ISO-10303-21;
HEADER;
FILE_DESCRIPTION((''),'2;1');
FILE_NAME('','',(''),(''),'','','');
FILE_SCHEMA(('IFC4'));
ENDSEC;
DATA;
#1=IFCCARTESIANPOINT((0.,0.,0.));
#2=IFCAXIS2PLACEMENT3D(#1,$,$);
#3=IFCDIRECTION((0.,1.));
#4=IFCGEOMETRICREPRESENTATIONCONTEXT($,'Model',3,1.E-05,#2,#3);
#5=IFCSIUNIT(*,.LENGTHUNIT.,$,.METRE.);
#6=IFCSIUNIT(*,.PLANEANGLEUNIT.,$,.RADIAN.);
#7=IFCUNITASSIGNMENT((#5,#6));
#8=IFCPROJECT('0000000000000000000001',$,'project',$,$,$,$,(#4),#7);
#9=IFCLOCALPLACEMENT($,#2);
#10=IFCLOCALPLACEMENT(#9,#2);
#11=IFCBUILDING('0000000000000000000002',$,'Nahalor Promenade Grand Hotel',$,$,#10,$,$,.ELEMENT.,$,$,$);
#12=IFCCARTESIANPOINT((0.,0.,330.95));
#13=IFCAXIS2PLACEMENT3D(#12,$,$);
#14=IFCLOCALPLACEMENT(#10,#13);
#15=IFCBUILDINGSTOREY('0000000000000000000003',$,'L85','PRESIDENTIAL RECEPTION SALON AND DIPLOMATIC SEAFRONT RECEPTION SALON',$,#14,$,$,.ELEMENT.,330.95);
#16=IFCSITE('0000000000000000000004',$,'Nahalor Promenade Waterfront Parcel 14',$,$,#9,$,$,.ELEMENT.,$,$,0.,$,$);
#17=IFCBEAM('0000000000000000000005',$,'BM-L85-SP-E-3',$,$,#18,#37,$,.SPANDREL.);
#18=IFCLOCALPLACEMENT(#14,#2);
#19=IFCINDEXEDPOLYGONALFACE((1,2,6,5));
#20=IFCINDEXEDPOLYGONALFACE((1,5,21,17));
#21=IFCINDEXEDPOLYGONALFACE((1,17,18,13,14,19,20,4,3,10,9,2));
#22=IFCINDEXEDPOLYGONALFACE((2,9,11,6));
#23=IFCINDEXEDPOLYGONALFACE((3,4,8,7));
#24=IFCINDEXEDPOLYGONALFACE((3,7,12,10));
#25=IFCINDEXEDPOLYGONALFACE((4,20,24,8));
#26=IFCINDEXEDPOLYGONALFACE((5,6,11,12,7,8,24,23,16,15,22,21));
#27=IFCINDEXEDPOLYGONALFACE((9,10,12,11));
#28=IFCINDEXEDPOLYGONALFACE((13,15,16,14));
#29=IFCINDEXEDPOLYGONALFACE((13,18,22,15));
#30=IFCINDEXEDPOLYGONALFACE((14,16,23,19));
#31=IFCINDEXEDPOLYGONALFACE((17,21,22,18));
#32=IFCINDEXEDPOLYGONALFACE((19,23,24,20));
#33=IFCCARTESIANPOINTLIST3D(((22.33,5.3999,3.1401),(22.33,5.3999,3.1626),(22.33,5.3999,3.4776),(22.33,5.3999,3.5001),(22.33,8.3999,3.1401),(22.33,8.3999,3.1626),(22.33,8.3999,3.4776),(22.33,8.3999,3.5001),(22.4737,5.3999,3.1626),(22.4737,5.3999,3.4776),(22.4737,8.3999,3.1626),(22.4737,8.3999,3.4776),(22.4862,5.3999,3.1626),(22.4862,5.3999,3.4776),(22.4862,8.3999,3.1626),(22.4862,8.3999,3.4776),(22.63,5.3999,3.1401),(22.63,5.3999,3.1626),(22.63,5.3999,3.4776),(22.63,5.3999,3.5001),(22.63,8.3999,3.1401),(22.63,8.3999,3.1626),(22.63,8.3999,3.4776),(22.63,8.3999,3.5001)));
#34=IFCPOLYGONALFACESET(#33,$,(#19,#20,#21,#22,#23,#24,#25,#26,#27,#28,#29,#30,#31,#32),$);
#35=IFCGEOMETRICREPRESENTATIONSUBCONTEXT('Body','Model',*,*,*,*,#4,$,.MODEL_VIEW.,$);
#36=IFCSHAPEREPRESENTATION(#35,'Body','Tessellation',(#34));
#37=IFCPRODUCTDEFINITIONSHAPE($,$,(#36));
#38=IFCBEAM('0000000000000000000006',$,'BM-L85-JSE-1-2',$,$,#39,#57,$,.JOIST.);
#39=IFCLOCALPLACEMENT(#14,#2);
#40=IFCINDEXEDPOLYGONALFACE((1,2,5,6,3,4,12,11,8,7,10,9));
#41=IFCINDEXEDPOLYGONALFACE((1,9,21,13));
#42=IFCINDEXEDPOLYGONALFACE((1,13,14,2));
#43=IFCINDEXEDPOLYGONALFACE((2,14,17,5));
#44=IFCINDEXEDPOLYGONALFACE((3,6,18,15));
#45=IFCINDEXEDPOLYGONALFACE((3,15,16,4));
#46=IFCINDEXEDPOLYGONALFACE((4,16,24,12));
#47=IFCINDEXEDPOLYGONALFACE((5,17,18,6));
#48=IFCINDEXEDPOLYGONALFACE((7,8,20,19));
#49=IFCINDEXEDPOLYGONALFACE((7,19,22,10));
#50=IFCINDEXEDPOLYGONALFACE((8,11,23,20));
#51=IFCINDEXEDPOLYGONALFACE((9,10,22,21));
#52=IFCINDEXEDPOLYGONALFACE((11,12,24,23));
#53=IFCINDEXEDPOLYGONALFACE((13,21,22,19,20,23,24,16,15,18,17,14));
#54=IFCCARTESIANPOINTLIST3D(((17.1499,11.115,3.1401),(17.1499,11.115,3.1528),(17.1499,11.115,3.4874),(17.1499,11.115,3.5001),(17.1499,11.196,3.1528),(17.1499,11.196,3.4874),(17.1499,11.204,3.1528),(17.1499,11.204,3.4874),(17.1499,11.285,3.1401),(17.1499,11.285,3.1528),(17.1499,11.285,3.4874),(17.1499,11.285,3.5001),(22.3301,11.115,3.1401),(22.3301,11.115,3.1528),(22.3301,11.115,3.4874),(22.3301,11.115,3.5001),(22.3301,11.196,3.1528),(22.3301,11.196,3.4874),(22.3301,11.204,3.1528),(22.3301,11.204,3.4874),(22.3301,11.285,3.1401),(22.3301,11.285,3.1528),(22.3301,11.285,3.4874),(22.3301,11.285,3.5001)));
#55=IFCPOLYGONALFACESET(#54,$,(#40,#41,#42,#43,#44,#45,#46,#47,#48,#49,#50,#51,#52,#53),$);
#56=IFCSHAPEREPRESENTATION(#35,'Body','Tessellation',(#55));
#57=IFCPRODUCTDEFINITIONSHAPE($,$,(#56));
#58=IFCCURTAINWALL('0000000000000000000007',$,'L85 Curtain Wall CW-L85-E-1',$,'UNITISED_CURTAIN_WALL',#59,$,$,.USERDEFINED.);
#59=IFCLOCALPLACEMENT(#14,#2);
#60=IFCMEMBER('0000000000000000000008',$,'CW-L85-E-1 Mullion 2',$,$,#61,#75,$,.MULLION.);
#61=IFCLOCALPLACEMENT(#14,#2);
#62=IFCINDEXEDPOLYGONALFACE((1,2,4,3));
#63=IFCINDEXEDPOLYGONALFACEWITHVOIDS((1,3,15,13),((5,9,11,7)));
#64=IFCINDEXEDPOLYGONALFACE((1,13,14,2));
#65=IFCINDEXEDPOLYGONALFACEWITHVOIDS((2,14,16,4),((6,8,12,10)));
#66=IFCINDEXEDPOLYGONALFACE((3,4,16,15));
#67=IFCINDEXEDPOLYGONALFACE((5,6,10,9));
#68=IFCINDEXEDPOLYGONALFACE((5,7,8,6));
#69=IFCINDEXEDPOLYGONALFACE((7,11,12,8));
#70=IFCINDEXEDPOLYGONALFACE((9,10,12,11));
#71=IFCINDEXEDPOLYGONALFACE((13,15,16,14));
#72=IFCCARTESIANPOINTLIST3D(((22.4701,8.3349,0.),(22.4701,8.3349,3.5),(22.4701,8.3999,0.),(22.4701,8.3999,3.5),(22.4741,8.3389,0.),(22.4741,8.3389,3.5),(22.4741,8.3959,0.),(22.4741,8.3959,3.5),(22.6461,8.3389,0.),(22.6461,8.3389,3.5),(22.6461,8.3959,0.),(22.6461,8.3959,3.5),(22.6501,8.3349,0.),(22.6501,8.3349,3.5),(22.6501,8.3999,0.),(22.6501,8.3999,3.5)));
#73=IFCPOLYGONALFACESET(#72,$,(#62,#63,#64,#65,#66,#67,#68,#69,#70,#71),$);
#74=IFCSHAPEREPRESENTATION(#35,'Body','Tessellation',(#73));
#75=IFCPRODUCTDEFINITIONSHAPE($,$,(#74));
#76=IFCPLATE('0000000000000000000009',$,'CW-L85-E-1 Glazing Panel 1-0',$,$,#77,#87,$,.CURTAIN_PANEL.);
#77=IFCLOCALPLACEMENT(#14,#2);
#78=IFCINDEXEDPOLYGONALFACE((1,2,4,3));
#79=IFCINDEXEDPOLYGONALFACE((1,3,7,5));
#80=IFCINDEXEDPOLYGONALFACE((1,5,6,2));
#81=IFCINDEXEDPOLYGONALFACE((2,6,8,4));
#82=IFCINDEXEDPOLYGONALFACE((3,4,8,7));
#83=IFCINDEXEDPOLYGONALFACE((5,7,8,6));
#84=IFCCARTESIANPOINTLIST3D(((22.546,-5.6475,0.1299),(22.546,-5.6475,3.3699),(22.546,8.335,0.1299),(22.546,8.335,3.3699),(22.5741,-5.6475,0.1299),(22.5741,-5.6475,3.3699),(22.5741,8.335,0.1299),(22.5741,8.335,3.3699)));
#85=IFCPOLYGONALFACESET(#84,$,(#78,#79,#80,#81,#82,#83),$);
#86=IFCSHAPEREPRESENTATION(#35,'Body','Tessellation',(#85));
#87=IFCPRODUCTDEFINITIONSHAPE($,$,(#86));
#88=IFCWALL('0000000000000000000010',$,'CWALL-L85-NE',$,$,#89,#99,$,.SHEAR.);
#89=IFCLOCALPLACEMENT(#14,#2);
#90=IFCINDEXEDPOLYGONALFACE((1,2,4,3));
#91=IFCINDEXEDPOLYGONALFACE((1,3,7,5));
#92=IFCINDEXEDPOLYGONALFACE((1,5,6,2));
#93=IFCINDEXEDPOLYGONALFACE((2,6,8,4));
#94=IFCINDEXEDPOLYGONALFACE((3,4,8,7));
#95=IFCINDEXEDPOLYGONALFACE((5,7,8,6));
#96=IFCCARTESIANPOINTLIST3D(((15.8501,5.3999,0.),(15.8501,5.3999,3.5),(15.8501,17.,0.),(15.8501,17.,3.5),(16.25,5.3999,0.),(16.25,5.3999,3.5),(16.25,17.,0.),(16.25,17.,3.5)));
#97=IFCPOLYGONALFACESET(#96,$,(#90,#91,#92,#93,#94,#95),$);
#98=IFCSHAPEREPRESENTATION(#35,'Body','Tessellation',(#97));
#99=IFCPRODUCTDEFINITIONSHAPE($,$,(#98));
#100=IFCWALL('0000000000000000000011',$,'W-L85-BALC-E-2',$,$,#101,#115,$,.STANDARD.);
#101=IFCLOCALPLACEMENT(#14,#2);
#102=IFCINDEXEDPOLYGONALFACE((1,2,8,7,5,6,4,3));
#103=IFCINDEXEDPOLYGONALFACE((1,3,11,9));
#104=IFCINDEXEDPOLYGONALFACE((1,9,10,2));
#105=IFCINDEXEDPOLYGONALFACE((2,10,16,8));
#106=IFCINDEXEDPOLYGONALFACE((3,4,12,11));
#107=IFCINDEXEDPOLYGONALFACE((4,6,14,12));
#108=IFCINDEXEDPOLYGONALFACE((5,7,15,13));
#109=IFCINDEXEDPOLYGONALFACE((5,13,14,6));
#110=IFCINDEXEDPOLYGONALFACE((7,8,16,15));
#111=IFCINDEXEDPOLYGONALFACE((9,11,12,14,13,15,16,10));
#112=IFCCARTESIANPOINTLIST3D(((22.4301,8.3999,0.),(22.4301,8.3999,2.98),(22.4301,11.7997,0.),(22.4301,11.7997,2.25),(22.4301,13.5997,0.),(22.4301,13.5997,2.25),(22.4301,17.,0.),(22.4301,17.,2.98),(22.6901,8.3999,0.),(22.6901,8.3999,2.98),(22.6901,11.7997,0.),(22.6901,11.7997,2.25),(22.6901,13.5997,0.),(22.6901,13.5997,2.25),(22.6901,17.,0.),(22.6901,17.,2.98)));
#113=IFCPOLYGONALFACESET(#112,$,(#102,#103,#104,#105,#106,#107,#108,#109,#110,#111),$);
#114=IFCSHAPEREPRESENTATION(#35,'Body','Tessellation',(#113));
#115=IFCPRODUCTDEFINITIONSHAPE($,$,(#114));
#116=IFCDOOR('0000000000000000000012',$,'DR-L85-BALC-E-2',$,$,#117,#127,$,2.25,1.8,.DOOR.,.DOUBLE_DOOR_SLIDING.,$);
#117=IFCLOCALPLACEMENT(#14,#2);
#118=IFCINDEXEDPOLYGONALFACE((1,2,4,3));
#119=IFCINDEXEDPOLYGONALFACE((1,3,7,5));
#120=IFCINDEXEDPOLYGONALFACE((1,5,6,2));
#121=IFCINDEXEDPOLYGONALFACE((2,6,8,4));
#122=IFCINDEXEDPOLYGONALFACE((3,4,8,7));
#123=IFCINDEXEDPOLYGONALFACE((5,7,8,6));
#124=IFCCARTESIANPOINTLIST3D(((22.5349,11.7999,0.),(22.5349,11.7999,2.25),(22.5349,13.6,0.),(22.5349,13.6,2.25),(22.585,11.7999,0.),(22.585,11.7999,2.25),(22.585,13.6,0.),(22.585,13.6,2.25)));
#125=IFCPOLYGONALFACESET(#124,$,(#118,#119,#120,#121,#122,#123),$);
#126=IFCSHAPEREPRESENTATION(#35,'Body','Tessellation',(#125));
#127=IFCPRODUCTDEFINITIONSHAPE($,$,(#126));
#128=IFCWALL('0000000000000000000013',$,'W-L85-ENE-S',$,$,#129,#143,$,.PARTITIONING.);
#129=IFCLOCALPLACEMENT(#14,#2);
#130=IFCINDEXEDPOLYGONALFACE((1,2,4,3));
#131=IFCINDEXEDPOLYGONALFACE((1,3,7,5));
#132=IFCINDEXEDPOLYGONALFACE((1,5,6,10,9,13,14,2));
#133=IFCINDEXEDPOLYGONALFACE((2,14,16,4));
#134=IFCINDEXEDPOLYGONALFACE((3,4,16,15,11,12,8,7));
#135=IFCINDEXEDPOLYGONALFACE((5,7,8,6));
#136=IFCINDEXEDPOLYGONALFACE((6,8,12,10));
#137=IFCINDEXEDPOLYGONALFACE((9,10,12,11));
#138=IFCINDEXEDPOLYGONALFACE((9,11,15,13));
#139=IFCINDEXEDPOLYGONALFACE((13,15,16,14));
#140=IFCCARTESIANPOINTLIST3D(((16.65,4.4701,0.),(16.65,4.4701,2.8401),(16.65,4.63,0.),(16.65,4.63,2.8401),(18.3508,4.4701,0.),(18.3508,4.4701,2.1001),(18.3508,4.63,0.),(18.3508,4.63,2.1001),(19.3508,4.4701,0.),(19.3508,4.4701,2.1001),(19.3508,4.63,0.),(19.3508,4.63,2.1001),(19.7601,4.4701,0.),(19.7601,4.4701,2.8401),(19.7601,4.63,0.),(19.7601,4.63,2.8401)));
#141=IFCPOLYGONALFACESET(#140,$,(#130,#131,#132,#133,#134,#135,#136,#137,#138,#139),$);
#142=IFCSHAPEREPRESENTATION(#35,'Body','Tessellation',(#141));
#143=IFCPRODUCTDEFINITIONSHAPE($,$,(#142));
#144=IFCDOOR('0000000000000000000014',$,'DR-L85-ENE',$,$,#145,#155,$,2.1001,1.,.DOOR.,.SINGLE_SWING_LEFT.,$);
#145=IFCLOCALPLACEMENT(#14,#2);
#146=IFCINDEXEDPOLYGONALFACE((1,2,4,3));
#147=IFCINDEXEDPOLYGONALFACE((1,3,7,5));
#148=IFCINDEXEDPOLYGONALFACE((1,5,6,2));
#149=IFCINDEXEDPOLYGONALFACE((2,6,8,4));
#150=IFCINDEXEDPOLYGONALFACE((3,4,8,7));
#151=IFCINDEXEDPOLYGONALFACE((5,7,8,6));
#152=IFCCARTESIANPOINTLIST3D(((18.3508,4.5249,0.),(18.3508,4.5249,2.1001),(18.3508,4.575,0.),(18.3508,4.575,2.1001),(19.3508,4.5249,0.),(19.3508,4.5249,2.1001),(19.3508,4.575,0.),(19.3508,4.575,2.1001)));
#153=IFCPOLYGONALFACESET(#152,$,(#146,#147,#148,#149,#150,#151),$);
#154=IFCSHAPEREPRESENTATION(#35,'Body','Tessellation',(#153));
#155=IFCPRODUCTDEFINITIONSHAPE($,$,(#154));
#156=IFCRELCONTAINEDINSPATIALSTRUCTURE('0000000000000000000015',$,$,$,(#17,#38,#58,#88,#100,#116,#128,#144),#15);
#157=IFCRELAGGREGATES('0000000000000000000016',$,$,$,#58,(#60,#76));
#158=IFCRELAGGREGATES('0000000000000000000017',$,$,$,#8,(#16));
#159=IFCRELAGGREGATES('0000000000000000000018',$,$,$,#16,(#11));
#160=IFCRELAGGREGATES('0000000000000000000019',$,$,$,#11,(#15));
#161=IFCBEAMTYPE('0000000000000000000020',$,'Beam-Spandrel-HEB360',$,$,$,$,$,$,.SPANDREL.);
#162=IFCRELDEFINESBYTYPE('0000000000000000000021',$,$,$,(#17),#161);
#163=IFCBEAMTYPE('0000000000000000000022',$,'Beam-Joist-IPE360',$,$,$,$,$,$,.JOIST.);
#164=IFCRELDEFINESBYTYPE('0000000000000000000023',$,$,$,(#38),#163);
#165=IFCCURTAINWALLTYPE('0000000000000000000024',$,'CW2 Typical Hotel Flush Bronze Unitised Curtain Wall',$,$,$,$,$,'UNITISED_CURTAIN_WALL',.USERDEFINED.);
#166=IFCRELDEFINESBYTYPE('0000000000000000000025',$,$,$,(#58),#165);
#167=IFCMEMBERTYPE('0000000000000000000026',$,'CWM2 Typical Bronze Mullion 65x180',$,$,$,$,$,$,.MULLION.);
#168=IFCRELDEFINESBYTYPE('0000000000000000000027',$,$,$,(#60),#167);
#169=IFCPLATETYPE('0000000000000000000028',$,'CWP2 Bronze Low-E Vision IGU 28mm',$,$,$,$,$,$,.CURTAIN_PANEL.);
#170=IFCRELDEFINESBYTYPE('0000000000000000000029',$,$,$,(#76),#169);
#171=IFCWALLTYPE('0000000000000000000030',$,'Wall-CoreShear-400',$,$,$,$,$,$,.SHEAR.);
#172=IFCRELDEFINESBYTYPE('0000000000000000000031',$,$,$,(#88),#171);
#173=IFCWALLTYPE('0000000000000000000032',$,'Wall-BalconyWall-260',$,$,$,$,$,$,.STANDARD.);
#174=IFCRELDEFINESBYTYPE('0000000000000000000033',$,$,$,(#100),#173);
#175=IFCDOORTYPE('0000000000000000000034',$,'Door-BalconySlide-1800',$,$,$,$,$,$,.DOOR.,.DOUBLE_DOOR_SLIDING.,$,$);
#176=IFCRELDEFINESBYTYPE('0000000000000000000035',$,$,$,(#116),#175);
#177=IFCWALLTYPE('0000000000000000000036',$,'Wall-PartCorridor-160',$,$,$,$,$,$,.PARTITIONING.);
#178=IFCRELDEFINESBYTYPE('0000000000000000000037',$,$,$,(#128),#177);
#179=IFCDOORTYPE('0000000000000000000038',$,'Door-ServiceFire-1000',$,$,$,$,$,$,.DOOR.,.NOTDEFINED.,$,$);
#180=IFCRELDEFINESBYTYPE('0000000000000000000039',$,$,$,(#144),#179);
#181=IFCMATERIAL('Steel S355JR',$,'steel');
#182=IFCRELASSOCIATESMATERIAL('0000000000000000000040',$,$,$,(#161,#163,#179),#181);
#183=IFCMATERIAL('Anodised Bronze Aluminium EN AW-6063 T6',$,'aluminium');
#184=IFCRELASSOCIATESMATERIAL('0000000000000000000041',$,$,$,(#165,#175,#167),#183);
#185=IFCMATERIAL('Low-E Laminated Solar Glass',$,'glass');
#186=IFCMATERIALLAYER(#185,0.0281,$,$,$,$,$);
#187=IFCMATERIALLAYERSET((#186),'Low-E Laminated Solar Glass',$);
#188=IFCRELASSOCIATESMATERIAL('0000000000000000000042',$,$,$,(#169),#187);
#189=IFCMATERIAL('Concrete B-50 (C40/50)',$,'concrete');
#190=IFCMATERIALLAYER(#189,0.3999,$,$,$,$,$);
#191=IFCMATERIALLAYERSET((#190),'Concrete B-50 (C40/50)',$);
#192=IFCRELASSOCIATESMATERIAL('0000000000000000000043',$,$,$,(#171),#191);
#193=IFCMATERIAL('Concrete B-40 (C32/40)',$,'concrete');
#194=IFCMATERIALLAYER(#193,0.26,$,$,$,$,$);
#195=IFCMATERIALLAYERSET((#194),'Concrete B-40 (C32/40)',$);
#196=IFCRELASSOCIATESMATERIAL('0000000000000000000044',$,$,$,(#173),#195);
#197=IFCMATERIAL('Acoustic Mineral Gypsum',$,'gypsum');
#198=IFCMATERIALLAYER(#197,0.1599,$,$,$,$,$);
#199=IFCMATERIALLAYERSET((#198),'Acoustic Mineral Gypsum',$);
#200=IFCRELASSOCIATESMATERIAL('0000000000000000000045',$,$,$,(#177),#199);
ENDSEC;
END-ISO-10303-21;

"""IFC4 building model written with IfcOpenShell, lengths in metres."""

from ifc_helpers import new_model, si_unit, direction, frame, frame_2d, origin, origin_2d, place, context, subcontext, project, spatial, rectangle, hollow_rectangle, i_section, extrude, source, transform, mapped, material, layer, layer_set, material_profile, profile_set, type_object, element, fill, aggregate, save


model = new_model("IFC4")

# Units and contexts
model_context = context("Model", 3, precision=1e-05, world=origin(), true_north=direction((0.0, 1.0)))
body_context = subcontext(model_context, "Body", "Model", "MODEL_VIEW")
ifc_project = project(units=[si_unit("LENGTHUNIT", "METRE"), si_unit("PLANEANGLEUNIT", "RADIAN")], contexts=[model_context])

# Site, building, storey
site_placement = place(None, origin())
site = spatial("IfcSite", under=ifc_project, at=site_placement, Name="Nahalor Promenade Waterfront Parcel 14", CompositionType="ELEMENT", RefElevation=0.0)
building_placement = place(site_placement, origin())
building = spatial("IfcBuilding", under=site, at=building_placement, Name="Nahalor Promenade Grand Hotel", CompositionType="ELEMENT")
storey_placement = place(building_placement, frame((0.0, 0.0, 330.95)))
storey = spatial("IfcBuildingStorey", under=building, at=storey_placement, Name="L85", Description="PRESIDENTIAL RECEPTION SALON AND DIPLOMATIC SEAFRONT RECEPTION SALON", CompositionType="ELEMENT", Elevation=330.95)

# Shared definitions
ifc_material_1 = material(Name="Steel S355JR", Category="steel")

# Beams
ifc_material_profile_1 = material_profile(ifc_material_1, i_section(OverallWidth=0.3, OverallDepth=0.36, WebThickness=0.0125, FlangeThickness=0.0225, at=origin_2d()), Name="HEB 360")
ifc_profile_set_1 = profile_set([ifc_material_profile_1], Name="Steel S355JR")
beam_type_1 = type_object("IfcBeamType", Name="Beam-Spandrel-HEB360", PredefinedType="SPANDREL", material=ifc_profile_set_1)
shared_shape_1 = source(origin(), body_context, "Body", "SweptSolid", [
    extrude(i_section(OverallWidth=0.3, OverallDepth=0.36, WebThickness=0.0125, FlangeThickness=0.0225, at=origin_2d()), origin(), (0.0, 0.0, 1.0), 3.0),
])
beam_1_placement = place(storey_placement, frame((22.48, 5.3999, 3.3201), z_axis=(0.0, 1.0, 0.0), x_axis=(-1.0, 0.0, 0.0)))
element("IfcBeam", 1, at=beam_1_placement, inside=storey, type_object=beam_type_1, Name="BM-L85-SP-E-3", PredefinedType="SPANDREL", context=body_context, shape_type="MappedRepresentation", body=[
    mapped(shared_shape_1, transform((0.0, 0.0, 0.0), scale=1.0)),
])
ifc_material_profile_2 = material_profile(ifc_material_1, i_section(OverallWidth=0.17, OverallDepth=0.36, WebThickness=0.008, FlangeThickness=0.0127, at=origin_2d()), Name="IPE 360")
ifc_profile_set_2 = profile_set([ifc_material_profile_2], Name="Steel S355JR")
beam_type_2 = type_object("IfcBeamType", Name="Beam-Joist-IPE360", PredefinedType="JOIST", material=ifc_profile_set_2)
shared_shape_2 = source(origin(), body_context, "Body", "SweptSolid", [
    extrude(i_section(OverallWidth=0.17, OverallDepth=0.36, WebThickness=0.008, FlangeThickness=0.0127, at=origin_2d()), origin(), (0.0, 0.0, 1.0), 5.1802),
])
beam_2_placement = place(storey_placement, frame((17.1499, 11.2, 3.3201), z_axis=(1.0, 0.0, 0.0), x_axis=(0.0, 1.0, 0.0)))
element("IfcBeam", 2, at=beam_2_placement, inside=storey, type_object=beam_type_2, Name="BM-L85-JSE-1-2", PredefinedType="JOIST", context=body_context, shape_type="MappedRepresentation", body=[
    mapped(shared_shape_2, transform((0.0, 0.0, 0.0), scale=1.0)),
])

# Curtain wall, member, plate
ifc_material_2 = material(Name="Anodised Bronze Aluminium EN AW-6063 T6", Category="aluminium")
curtain_wall_type = type_object("IfcCurtainWallType", Name="CW2 Typical Hotel Flush Bronze Unitised Curtain Wall", ElementType="UNITISED_CURTAIN_WALL", PredefinedType="USERDEFINED", material=ifc_material_2)
curtain_wall_placement = place(storey_placement, origin())
curtain_wall = element("IfcCurtainWall", 3, at=curtain_wall_placement, inside=storey, type_object=curtain_wall_type, Name="L85 Curtain Wall CW-L85-E-1", ObjectType="UNITISED_CURTAIN_WALL", PredefinedType="USERDEFINED")
ifc_material_profile_3 = material_profile(ifc_material_2, hollow_rectangle(XDim=0.065, YDim=0.18, WallThickness=0.004, at=origin_2d()), Name="CWM 65x180x4")
ifc_profile_set_3 = profile_set([ifc_material_profile_3], Name="Anodised Bronze Aluminium EN AW-6063 T6")
member_type = type_object("IfcMemberType", Name="CWM2 Typical Bronze Mullion 65x180", PredefinedType="MULLION", material=ifc_profile_set_3)
shared_shape_3 = source(origin(), body_context, "Body", "SweptSolid", [
    extrude(hollow_rectangle(XDim=0.065, YDim=0.18, WallThickness=0.004, at=origin_2d()), origin(), (0.0, 0.0, 1.0), 3.5),
])
member_placement = place(storey_placement, frame((22.5601, 8.3674, 0.0), z_axis=(0.0, 0.0, 1.0), x_axis=(0.0, 1.0, 0.0)))
member = element("IfcMember", 4, at=member_placement, type_object=member_type, Name="CW-L85-E-1 Mullion 2", PredefinedType="MULLION", context=body_context, shape_type="MappedRepresentation", body=[
    mapped(shared_shape_3, transform((0.0, 0.0, 0.0), scale=1.0)),
])
ifc_material_3 = material(Name="Low-E Laminated Solar Glass", Category="glass")
ifc_layer_1 = layer(ifc_material_3, 0.0281)
ifc_layer_set_1 = layer_set([ifc_layer_1], Name="Low-E Laminated Solar Glass")
plate_type = type_object("IfcPlateType", Name="CWP2 Bronze Low-E Vision IGU 28mm", PredefinedType="CURTAIN_PANEL", material=ifc_layer_set_1)
shared_shape_4 = source(origin(), body_context, "Body", "SweptSolid", [
    extrude(rectangle(XDim=13.9824, YDim=0.0281, at=origin_2d()), origin(), (0.0, 0.0, 1.0), 3.24),
])
plate_placement = place(storey_placement, frame((22.5601, 1.3438, 0.1299), z_axis=(0.0, 0.0, 1.0), x_axis=(0.0, 1.0, 0.0)))
plate = element("IfcPlate", 5, at=plate_placement, type_object=plate_type, Name="CW-L85-E-1 Glazing Panel 1-0", PredefinedType="CURTAIN_PANEL", context=body_context, shape_type="MappedRepresentation", body=[
    mapped(shared_shape_4, transform((0.0, 0.0, 0.0), scale=1.0)),
])
aggregate(curtain_wall, [member, plate])

# Wall
ifc_material_4 = material(Name="Concrete B-50 (C40/50)", Category="concrete")
ifc_layer_2 = layer(ifc_material_4, 0.3999)
ifc_layer_set_2 = layer_set([ifc_layer_2], Name="Concrete B-50 (C40/50)")
wall_type_1 = type_object("IfcWallType", Name="Wall-CoreShear-400", PredefinedType="SHEAR", material=ifc_layer_set_2)
shared_shape_5 = source(origin(), body_context, "Body", "SweptSolid", [
    extrude(rectangle(XDim=11.6001, YDim=0.3999, at=frame_2d((5.8, 0.0))), origin(), (0.0, 0.0, 1.0), 3.5),
])
wall_1_placement = place(storey_placement, frame((16.05, 5.3999, 0.0), z_axis=(0.0, 0.0, 1.0), x_axis=(0.0, 1.0, 0.0)))
element("IfcWall", 6, at=wall_1_placement, inside=storey, type_object=wall_type_1, Name="CWALL-L85-NE", PredefinedType="SHEAR", context=body_context, shape_type="MappedRepresentation", body=[
    mapped(shared_shape_5, transform((0.0, 0.0, 0.0), scale=1.0)),
])

# Walls, openings, doors
ifc_material_5 = material(Name="Concrete B-40 (C32/40)", Category="concrete")
ifc_layer_3 = layer(ifc_material_5, 0.26)
ifc_layer_set_3 = layer_set([ifc_layer_3], Name="Concrete B-40 (C32/40)")
wall_type_2 = type_object("IfcWallType", Name="Wall-BalconyWall-260", PredefinedType="STANDARD", material=ifc_layer_set_3)
shared_shape_6 = source(origin(), body_context, "Body", "SweptSolid", [
    extrude(rectangle(XDim=8.6001, YDim=0.26, at=frame_2d((4.3, 0.0))), origin(), (0.0, 0.0, 1.0), 2.98),
])
wall_2_placement = place(storey_placement, frame((22.5601, 8.3999, 0.0), z_axis=(0.0, 0.0, 1.0), x_axis=(0.0, 1.0, 0.0)))
wall_2 = element("IfcWall", 7, at=wall_2_placement, inside=storey, type_object=wall_type_2, Name="W-L85-BALC-E-2", PredefinedType="STANDARD", context=body_context, shape_type="MappedRepresentation", body=[
    mapped(shared_shape_6, transform((0.0, 0.0, 0.0), scale=1.0)),
])
opening_1_placement = place(wall_2_placement, frame((3.3999, 0.0, 0.0)))
opening_1 = element("IfcOpeningElement", 8, at=opening_1_placement, cuts=wall_2, PredefinedType="OPENING", context=body_context, shape_type="SweptSolid", body=[
    extrude(rectangle(XDim=1.8, YDim=2.25, at=frame_2d((0.8999, 1.125))), frame((0.0, 0.1399, 0.0), z_axis=(0.0, -1.0, 0.0), x_axis=(1.0, 0.0, 0.0)), (0.0, 0.0, 1.0), 0.28),
])
door_type_1 = type_object("IfcDoorType", Name="Door-BalconySlide-1800", OperationType="DOUBLE_DOOR_SLIDING", PredefinedType="DOOR", material=ifc_material_2)
shared_shape_7 = source(origin(), body_context, "Body", "SweptSolid", [
    extrude(rectangle(XDim=1.8, YDim=2.25, at=frame_2d((0.8999, 1.125))), frame((0.0, 0.0249, 0.0), z_axis=(0.0, -1.0, 0.0), x_axis=(1.0, 0.0, 0.0)), (0.0, 0.0, 1.0), 0.05),
])
door_1_placement = place(opening_1_placement, frame((1.8, 0.0, 0.0), z_axis=(0.0, 0.0, 1.0), x_axis=(-1.0, 0.0, 0.0)))
door_1 = element("IfcDoor", 9, at=door_1_placement, inside=storey, type_object=door_type_1, Name="DR-L85-BALC-E-2", OperationType="DOUBLE_DOOR_SLIDING", OverallHeight=2.25, OverallWidth=1.8, PredefinedType="DOOR", context=body_context, shape_type="MappedRepresentation", body=[
    mapped(shared_shape_7, transform((0.0, 0.0, 0.0), scale=1.0)),
])
fill(opening_1, door_1)
ifc_material_6 = material(Name="Acoustic Mineral Gypsum", Category="gypsum")
ifc_layer_4 = layer(ifc_material_6, 0.1599)
ifc_layer_set_4 = layer_set([ifc_layer_4], Name="Acoustic Mineral Gypsum")
wall_type_3 = type_object("IfcWallType", Name="Wall-PartCorridor-160", PredefinedType="PARTITIONING", material=ifc_layer_set_4)
shared_shape_8 = source(origin(), body_context, "Body", "SweptSolid", [
    extrude(rectangle(XDim=3.1101, YDim=0.1599, at=frame_2d((1.5552, 0.0))), origin(), (0.0, 0.0, 1.0), 2.8401),
])
wall_3_placement = place(storey_placement, frame((16.6499, 4.55, 0.0), z_axis=(0.0, 0.0, 1.0), x_axis=(1.0, 0.0, 0.0)))
wall_3 = element("IfcWall", 10, at=wall_3_placement, inside=storey, type_object=wall_type_3, Name="W-L85-ENE-S", PredefinedType="PARTITIONING", context=body_context, shape_type="MappedRepresentation", body=[
    mapped(shared_shape_8, transform((0.0, 0.0, 0.0), scale=1.0)),
])
opening_2_placement = place(wall_3_placement, frame((1.7009, 0.0, 0.0)))
opening_2 = element("IfcOpeningElement", 11, at=opening_2_placement, cuts=wall_3, PredefinedType="OPENING", context=body_context, shape_type="SweptSolid", body=[
    extrude(rectangle(XDim=1.0, YDim=2.1001, at=frame_2d((0.5, 1.05))), frame((0.0, 0.0898, 0.0), z_axis=(0.0, -1.0, 0.0), x_axis=(1.0, 0.0, 0.0)), (0.0, 0.0, 1.0), 0.1799),
])
door_type_2 = type_object("IfcDoorType", Name="Door-ServiceFire-1000", OperationType="NOTDEFINED", PredefinedType="DOOR", material=ifc_material_1)
shared_shape_9 = source(origin(), body_context, "Body", "SweptSolid", [
    extrude(rectangle(XDim=1.0, YDim=2.1001, at=frame_2d((0.5, 1.05))), frame((0.0, 0.0249, 0.0), z_axis=(0.0, -1.0, 0.0), x_axis=(1.0, 0.0, 0.0)), (0.0, 0.0, 1.0), 0.05),
])
door_2_placement = place(opening_2_placement, origin())
door_2 = element("IfcDoor", 12, at=door_2_placement, inside=storey, type_object=door_type_2, Name="DR-L85-ENE", OperationType="SINGLE_SWING_LEFT", OverallHeight=2.1001, OverallWidth=1.0, PredefinedType="DOOR", context=body_context, shape_type="MappedRepresentation", body=[
    mapped(shared_shape_9, transform((0.0, 0.0, 0.0), scale=1.0)),
])
fill(opening_2, door_2)

save(model, "model.ifc")
